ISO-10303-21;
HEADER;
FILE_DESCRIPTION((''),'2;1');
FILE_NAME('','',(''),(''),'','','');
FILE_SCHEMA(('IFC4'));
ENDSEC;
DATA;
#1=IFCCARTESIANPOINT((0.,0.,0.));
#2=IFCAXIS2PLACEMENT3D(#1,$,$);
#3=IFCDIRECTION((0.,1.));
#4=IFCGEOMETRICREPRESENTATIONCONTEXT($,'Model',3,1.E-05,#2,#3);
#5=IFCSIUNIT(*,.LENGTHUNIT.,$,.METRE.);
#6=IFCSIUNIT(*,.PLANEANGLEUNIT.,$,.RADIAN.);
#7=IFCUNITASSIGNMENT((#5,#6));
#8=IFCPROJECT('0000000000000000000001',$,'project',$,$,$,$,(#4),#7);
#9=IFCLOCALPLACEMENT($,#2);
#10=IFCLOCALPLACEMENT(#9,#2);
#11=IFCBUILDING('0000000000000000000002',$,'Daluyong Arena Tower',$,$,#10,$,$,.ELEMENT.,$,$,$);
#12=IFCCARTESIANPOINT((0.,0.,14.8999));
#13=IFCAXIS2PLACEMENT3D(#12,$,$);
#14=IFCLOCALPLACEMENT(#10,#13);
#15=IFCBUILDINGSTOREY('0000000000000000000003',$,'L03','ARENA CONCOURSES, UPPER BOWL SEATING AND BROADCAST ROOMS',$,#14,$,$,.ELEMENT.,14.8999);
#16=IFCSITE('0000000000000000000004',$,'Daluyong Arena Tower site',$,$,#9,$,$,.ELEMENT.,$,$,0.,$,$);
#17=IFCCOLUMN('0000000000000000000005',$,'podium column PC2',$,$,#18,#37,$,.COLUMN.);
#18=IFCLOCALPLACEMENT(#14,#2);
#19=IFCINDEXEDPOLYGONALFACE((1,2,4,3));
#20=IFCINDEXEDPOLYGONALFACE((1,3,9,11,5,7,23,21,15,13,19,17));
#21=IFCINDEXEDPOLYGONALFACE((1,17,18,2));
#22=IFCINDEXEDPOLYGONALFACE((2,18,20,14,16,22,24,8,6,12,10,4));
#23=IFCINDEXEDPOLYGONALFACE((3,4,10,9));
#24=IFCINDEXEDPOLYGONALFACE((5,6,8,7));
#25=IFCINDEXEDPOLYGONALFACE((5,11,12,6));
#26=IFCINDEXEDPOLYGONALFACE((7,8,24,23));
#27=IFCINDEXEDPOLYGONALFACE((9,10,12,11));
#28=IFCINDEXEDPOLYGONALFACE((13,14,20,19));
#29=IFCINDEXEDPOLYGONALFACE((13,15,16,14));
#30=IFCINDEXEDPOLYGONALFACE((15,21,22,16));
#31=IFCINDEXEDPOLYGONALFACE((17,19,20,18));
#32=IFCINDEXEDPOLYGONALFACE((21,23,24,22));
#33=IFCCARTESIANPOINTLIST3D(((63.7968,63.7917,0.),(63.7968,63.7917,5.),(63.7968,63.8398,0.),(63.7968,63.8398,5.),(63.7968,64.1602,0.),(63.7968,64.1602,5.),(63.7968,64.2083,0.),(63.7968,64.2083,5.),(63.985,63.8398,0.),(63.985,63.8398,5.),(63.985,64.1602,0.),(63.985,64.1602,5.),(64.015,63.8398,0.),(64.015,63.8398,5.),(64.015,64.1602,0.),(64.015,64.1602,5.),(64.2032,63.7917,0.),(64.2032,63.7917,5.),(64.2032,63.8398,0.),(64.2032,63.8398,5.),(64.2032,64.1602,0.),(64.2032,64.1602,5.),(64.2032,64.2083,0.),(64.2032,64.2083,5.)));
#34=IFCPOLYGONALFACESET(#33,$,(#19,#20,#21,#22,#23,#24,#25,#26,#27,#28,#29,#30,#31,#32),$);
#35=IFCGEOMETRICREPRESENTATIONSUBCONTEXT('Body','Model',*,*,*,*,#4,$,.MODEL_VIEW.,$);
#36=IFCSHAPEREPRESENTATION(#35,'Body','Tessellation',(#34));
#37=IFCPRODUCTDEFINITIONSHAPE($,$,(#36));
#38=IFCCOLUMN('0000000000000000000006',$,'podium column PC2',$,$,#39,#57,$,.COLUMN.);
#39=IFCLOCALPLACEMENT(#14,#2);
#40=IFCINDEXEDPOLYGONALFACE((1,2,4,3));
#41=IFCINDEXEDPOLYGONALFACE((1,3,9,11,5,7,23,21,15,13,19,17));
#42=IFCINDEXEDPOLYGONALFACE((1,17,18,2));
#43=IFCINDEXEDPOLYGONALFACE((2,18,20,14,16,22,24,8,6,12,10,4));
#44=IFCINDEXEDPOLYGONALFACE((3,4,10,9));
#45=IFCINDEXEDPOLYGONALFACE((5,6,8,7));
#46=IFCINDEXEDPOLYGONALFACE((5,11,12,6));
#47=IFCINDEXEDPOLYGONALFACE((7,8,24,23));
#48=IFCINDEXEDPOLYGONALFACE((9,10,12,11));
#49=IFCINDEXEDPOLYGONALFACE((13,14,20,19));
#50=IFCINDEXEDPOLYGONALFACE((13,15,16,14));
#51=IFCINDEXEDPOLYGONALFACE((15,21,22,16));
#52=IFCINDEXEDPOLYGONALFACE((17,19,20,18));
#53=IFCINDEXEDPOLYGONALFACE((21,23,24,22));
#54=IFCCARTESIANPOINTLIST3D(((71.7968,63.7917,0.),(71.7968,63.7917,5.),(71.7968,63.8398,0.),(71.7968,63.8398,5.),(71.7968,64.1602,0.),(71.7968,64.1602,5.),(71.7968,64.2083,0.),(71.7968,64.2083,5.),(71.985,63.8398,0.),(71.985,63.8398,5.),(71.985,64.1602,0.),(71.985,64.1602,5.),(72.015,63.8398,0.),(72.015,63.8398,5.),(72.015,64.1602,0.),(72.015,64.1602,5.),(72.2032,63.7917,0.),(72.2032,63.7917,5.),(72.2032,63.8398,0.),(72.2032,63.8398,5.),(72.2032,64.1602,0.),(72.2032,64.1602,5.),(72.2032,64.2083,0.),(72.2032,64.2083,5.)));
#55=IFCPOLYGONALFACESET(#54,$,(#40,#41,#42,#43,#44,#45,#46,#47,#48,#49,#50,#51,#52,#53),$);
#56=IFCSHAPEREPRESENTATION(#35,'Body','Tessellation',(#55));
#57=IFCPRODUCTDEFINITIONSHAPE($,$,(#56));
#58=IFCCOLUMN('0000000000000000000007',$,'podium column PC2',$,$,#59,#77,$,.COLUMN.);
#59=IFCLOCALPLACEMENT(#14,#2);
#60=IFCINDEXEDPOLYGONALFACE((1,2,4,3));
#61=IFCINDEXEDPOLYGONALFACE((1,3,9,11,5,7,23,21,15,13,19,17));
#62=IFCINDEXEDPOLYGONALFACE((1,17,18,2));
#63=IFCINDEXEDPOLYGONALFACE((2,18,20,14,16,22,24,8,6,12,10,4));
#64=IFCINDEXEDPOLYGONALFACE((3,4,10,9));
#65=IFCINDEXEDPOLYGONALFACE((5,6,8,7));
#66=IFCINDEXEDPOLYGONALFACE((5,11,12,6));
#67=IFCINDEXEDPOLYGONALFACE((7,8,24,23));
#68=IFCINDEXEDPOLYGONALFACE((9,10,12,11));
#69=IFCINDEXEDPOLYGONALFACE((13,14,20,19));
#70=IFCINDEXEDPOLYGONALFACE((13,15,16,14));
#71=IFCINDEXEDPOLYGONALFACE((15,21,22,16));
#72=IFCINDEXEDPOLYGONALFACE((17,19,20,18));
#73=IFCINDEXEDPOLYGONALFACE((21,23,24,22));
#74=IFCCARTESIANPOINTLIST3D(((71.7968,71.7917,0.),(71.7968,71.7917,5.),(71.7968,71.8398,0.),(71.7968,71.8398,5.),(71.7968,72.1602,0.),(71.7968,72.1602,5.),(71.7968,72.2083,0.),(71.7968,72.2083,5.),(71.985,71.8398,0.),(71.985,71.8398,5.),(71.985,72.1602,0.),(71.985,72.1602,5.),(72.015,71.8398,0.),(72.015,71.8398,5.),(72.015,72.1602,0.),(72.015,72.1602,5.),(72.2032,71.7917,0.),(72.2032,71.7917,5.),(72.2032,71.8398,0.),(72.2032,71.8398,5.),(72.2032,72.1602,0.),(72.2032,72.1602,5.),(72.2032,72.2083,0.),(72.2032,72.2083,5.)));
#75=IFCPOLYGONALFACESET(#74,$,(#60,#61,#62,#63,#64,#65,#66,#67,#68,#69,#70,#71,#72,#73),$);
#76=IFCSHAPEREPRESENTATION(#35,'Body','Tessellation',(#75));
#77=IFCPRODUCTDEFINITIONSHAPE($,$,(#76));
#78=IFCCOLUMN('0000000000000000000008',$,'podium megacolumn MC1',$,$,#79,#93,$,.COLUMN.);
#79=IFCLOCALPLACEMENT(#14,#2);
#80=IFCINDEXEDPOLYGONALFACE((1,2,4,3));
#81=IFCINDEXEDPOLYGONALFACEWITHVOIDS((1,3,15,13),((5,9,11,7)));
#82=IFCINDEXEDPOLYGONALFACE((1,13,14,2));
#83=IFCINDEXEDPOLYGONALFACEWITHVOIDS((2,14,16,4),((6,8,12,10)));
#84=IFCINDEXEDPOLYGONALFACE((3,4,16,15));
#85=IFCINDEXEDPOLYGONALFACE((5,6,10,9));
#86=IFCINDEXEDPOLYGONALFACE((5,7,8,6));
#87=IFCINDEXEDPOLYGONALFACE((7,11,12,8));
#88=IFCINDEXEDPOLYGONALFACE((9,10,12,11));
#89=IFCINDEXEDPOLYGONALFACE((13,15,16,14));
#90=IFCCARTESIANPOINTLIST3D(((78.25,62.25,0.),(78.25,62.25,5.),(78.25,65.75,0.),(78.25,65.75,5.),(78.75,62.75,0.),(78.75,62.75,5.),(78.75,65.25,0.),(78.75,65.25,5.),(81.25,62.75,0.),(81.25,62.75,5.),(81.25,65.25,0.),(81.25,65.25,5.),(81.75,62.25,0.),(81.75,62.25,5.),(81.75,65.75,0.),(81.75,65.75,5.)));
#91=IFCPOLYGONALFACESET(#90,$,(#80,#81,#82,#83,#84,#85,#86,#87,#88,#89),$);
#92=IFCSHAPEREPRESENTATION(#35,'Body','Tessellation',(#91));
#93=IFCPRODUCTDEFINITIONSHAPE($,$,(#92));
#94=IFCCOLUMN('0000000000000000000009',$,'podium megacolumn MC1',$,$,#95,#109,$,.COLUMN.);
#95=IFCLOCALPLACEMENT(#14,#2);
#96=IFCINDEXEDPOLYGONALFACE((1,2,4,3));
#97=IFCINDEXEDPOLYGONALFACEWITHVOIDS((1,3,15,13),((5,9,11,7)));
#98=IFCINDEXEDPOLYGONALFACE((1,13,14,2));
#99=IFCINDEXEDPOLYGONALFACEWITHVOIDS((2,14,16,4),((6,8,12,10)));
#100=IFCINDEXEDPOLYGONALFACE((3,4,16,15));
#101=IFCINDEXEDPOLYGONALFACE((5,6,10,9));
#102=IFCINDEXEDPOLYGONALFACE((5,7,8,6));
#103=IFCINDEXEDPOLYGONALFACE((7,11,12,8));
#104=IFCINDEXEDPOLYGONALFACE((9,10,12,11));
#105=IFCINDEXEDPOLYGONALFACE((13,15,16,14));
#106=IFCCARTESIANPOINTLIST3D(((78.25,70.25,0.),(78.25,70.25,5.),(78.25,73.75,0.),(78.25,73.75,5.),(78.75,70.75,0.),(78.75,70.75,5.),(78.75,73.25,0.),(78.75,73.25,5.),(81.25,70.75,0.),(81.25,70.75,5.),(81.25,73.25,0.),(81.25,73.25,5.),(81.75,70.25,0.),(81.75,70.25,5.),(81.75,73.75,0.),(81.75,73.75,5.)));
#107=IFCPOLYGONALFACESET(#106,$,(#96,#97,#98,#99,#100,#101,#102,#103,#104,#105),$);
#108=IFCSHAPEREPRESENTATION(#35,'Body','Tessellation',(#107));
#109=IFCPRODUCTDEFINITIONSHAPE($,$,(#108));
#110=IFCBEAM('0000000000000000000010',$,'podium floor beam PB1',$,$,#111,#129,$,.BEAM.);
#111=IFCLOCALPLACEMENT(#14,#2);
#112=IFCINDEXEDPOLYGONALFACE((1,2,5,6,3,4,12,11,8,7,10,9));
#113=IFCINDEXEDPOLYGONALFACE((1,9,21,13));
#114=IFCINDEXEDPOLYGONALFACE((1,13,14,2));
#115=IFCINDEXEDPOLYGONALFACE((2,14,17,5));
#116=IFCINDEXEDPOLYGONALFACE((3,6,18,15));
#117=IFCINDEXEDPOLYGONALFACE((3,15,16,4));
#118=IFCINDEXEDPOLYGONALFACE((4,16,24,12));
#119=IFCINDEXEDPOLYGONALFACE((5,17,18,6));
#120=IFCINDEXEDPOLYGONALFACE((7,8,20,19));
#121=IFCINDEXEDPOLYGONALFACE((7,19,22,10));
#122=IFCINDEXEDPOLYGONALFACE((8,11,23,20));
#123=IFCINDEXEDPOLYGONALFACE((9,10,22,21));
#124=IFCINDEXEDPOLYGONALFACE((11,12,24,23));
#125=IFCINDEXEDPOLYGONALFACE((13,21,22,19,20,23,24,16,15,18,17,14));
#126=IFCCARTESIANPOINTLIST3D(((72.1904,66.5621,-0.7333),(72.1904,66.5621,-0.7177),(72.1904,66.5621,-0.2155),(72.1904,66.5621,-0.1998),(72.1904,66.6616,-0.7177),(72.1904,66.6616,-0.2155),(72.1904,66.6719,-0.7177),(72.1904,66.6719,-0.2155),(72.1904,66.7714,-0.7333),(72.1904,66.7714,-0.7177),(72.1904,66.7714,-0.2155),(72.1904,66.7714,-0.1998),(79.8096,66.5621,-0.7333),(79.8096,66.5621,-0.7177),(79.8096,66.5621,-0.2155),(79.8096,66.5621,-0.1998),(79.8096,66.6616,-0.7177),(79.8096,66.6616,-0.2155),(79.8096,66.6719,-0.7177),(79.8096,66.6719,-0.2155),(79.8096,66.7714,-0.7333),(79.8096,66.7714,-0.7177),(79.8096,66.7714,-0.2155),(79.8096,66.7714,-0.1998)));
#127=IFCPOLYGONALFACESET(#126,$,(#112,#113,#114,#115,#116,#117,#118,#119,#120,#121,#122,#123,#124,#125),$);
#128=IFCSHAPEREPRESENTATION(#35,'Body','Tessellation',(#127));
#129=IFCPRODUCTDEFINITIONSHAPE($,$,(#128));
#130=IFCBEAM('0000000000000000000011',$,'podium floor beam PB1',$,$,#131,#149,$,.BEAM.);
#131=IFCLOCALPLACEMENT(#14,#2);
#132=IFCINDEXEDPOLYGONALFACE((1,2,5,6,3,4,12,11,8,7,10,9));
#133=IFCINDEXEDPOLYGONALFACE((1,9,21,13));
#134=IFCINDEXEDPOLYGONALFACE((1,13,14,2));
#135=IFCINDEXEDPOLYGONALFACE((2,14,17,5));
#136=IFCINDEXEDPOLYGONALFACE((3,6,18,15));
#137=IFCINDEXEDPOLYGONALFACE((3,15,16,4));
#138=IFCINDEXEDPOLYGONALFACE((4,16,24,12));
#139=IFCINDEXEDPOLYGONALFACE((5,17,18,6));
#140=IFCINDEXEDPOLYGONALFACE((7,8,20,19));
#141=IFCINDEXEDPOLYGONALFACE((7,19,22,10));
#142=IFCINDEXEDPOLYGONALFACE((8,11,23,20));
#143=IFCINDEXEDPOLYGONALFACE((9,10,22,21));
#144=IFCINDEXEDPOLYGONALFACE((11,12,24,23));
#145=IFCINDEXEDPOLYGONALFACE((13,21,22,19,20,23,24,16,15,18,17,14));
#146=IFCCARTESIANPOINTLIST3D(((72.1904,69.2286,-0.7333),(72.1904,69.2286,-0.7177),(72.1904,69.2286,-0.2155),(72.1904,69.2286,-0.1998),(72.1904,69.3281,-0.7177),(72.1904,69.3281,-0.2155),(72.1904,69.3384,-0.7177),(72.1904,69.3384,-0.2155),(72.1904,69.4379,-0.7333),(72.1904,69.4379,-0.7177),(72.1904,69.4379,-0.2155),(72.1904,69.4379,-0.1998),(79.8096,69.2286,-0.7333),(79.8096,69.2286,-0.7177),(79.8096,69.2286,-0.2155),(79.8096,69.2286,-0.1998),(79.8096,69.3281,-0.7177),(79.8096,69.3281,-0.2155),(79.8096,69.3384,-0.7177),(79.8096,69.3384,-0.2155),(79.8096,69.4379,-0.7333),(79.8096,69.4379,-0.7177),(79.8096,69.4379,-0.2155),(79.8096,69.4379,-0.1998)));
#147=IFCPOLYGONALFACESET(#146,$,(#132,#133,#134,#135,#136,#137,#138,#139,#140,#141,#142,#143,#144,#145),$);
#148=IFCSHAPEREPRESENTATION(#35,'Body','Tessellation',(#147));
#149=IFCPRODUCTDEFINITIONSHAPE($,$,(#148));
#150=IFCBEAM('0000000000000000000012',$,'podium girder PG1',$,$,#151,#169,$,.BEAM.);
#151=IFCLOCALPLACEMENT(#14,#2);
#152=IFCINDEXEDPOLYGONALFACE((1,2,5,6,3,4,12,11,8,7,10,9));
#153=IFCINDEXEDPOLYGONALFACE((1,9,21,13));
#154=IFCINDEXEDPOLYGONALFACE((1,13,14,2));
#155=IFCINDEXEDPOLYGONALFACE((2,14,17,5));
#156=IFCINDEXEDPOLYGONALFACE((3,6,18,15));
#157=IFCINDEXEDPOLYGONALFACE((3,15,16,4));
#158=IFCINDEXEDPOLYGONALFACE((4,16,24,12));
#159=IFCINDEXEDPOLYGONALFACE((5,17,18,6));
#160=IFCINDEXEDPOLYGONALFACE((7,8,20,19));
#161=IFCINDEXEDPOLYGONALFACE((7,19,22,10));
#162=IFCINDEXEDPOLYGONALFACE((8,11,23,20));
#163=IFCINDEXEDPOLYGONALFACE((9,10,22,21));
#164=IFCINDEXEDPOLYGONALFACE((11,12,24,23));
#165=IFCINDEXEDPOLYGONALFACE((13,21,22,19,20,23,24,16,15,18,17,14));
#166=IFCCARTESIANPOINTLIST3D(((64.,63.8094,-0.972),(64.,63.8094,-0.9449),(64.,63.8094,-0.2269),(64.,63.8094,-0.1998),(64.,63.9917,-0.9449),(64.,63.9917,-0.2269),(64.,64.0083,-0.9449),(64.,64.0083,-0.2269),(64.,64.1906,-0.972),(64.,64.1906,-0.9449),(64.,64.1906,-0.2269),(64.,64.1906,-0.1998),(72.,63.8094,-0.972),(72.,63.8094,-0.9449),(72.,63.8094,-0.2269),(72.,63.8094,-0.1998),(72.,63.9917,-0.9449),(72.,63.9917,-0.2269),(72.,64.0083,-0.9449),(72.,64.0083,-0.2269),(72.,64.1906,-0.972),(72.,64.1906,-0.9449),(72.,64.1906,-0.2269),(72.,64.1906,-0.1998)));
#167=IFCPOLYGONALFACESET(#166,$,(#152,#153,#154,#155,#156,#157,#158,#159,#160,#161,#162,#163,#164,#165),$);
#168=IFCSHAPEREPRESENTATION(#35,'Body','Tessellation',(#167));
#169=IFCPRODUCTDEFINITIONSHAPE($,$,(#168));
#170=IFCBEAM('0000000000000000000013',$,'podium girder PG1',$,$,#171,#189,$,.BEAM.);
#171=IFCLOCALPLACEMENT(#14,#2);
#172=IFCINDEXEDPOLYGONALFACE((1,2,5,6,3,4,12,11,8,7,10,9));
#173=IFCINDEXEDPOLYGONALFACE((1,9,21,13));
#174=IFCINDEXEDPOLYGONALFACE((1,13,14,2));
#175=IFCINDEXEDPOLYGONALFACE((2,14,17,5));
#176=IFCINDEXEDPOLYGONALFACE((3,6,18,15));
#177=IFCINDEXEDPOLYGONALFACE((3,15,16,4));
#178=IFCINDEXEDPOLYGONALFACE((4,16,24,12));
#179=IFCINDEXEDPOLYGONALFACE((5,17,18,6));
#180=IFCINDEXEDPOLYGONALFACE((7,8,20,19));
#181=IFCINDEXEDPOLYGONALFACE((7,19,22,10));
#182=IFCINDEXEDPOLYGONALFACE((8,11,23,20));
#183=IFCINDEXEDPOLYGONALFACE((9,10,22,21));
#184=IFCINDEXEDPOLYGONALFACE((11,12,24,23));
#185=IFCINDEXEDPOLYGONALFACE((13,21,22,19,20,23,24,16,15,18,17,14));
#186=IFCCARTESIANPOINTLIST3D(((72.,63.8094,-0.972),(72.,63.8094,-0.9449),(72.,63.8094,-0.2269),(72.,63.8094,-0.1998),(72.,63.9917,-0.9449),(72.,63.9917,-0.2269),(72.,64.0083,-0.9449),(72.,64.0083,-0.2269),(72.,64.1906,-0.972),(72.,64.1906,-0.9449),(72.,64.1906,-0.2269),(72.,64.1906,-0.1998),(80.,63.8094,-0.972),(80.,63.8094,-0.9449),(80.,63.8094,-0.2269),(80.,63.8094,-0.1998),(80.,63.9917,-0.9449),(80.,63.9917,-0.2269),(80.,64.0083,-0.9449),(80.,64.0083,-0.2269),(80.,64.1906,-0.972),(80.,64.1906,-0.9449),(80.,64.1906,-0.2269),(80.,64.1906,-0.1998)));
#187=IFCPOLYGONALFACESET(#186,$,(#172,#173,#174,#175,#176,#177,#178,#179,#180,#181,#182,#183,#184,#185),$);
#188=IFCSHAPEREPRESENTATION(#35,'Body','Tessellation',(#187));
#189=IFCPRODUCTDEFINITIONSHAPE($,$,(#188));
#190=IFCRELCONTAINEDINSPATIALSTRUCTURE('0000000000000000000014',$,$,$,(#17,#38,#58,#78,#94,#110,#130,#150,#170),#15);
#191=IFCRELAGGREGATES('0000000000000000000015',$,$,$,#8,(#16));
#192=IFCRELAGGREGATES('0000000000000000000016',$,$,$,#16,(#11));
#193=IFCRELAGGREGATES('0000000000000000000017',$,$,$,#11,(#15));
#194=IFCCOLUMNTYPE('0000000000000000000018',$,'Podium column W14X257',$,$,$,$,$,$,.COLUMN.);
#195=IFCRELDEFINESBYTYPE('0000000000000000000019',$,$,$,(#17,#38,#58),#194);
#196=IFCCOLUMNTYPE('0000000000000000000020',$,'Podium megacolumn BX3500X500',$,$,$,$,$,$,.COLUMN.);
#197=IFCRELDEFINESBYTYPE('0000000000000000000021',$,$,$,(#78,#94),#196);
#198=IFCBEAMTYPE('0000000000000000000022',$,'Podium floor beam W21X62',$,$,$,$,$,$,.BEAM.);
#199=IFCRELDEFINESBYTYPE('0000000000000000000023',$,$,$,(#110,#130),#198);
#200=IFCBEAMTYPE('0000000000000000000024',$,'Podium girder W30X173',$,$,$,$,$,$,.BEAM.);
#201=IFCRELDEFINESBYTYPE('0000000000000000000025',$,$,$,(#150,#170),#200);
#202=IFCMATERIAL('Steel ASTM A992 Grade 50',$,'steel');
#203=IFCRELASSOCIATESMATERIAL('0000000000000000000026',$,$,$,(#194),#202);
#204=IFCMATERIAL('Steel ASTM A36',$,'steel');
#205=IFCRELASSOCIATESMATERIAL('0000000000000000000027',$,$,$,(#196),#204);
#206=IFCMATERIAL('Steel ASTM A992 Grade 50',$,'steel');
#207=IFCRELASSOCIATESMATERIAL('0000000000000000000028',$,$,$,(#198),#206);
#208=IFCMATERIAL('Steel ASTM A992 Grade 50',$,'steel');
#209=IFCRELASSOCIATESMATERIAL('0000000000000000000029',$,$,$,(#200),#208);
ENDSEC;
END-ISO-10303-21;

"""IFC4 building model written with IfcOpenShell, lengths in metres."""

from ifc_helpers import new_model, si_unit, direction, frame, origin, origin_2d, place, context, subcontext, project, spatial, hollow_rectangle, i_section, extrude, material, material_profile, profile_set, type_object, element, save


model = new_model("IFC4")

# Units and contexts
model_context = context("Model", 3, precision=1e-05, world=origin(), true_north=direction((0.0, 1.0)))
body_context = subcontext(model_context, "Body", "Model", "MODEL_VIEW")
ifc_project = project(units=[si_unit("LENGTHUNIT", "METRE"), si_unit("PLANEANGLEUNIT", "RADIAN")], contexts=[model_context])

# Site, building, storey
site_placement = place(None, origin())
site = spatial("IfcSite", under=ifc_project, at=site_placement, Name="Daluyong Arena Tower site", CompositionType="ELEMENT", RefElevation=0.0)
building_placement = place(site_placement, origin())
building = spatial("IfcBuilding", under=site, at=building_placement, Name="Daluyong Arena Tower", CompositionType="ELEMENT")
storey_placement = place(building_placement, frame((0.0, 0.0, 14.8999)))
storey = spatial("IfcBuildingStorey", under=building, at=storey_placement, Name="L03", Description="ARENA CONCOURSES, UPPER BOWL SEATING AND BROADCAST ROOMS", CompositionType="ELEMENT", Elevation=14.8999)

# Columns
ifc_material_1 = material(Name="Steel ASTM A992 Grade 50", Category="steel")
ifc_material_profile_1 = material_profile(ifc_material_1, i_section(OverallWidth=0.4065, OverallDepth=0.4165, WebThickness=0.03, FlangeThickness=0.0481, at=origin_2d()))
ifc_profile_set_1 = profile_set([ifc_material_profile_1], Name="Steel ASTM A992 Grade 50")
column_type_1 = type_object("IfcColumnType", Name="Podium column W14X257", PredefinedType="COLUMN", material=ifc_profile_set_1)
for number, where, z_axis, x_axis, name in (
    (1, (64.0, 64.0, 0.0), (0.0, 0.0, 1.0), (1.0, 0.0, 0.0), "podium column PC2"),
    (2, (72.0, 64.0, 0.0), (0.0, 0.0, 1.0), (1.0, 0.0, 0.0), "podium column PC2"),
    (3, (72.0, 72.0, 0.0), (0.0, 0.0, 1.0), (1.0, 0.0, 0.0), "podium column PC2"),
):
    element("IfcColumn", number, at=place(storey_placement, frame(where, z_axis=z_axis, x_axis=x_axis)), inside=storey, type_object=column_type_1, Name=name, PredefinedType="COLUMN", context=body_context, shape_type="SweptSolid", body=[
        extrude(i_section(OverallWidth=0.4065, OverallDepth=0.4165, WebThickness=0.03, FlangeThickness=0.0481, at=origin_2d()), origin(), (0.0, 0.0, 1.0), 5.0),
    ])
ifc_material_2 = material(Name="Steel ASTM A36", Category="steel")
ifc_material_profile_2 = material_profile(ifc_material_2, hollow_rectangle(XDim=3.5, YDim=3.5, WallThickness=0.5, at=origin_2d()))
ifc_profile_set_2 = profile_set([ifc_material_profile_2], Name="Steel ASTM A36")
column_type_2 = type_object("IfcColumnType", Name="Podium megacolumn BX3500X500", PredefinedType="COLUMN", material=ifc_profile_set_2)
for number, where, z_axis, x_axis, name in (
    (4, (80.0, 64.0, 0.0), (0.0, 0.0, 1.0), (1.0, 0.0, 0.0), "podium megacolumn MC1"),
    (5, (80.0, 72.0, 0.0), (0.0, 0.0, 1.0), (1.0, 0.0, 0.0), "podium megacolumn MC1"),
):
    element("IfcColumn", number, at=place(storey_placement, frame(where, z_axis=z_axis, x_axis=x_axis)), inside=storey, type_object=column_type_2, Name=name, PredefinedType="COLUMN", context=body_context, shape_type="SweptSolid", body=[
        extrude(hollow_rectangle(XDim=3.5, YDim=3.5, WallThickness=0.5, at=origin_2d()), origin(), (0.0, 0.0, 1.0), 5.0),
    ])

# Beams
ifc_material_3 = material(Name="Steel ASTM A992 Grade 50", Category="steel")
ifc_material_profile_3 = material_profile(ifc_material_3, i_section(OverallWidth=0.2092, OverallDepth=0.5334, WebThickness=0.0103, FlangeThickness=0.0156, at=origin_2d()))
ifc_profile_set_3 = profile_set([ifc_material_profile_3], Name="Steel ASTM A992 Grade 50")
beam_type_1 = type_object("IfcBeamType", Name="Podium floor beam W21X62", PredefinedType="BEAM", material=ifc_profile_set_3)
for number, where, z_axis, x_axis, name in (
    (6, (72.1904, 66.6667, -0.4666), (1.0, 0.0, 0.0), (0.0, 1.0, 0.0), "podium floor beam PB1"),
    (7, (72.1904, 69.3333, -0.4666), (1.0, 0.0, 0.0), (0.0, 1.0, 0.0), "podium floor beam PB1"),
):
    element("IfcBeam", number, at=place(storey_placement, frame(where, z_axis=z_axis, x_axis=x_axis)), inside=storey, type_object=beam_type_1, Name=name, PredefinedType="BEAM", context=body_context, shape_type="SweptSolid", body=[
        extrude(i_section(OverallWidth=0.2092, OverallDepth=0.5334, WebThickness=0.0103, FlangeThickness=0.0156, at=origin_2d()), origin(), (0.0, 0.0, 1.0), 7.6191),
    ])
ifc_material_4 = material(Name="Steel ASTM A992 Grade 50", Category="steel")
ifc_material_profile_4 = material_profile(ifc_material_4, i_section(OverallWidth=0.3811, OverallDepth=0.7722, WebThickness=0.0166, FlangeThickness=0.0271, at=origin_2d()))
ifc_profile_set_4 = profile_set([ifc_material_profile_4], Name="Steel ASTM A992 Grade 50")
beam_type_2 = type_object("IfcBeamType", Name="Podium girder W30X173", PredefinedType="BEAM", material=ifc_profile_set_4)
for number, where, z_axis, x_axis, name in (
    (8, (64.0, 64.0, -0.5859), (1.0, 0.0, 0.0), (0.0, 1.0, 0.0), "podium girder PG1"),
    (9, (72.0, 64.0, -0.5859), (1.0, 0.0, 0.0), (0.0, 1.0, 0.0), "podium girder PG1"),
):
    element("IfcBeam", number, at=place(storey_placement, frame(where, z_axis=z_axis, x_axis=x_axis)), inside=storey, type_object=beam_type_2, Name=name, PredefinedType="BEAM", context=body_context, shape_type="SweptSolid", body=[
        extrude(i_section(OverallWidth=0.3811, OverallDepth=0.7722, WebThickness=0.0166, FlangeThickness=0.0271, at=origin_2d()), origin(), (0.0, 0.0, 1.0), 8.0),
    ])

save(model, "model.ifc")
